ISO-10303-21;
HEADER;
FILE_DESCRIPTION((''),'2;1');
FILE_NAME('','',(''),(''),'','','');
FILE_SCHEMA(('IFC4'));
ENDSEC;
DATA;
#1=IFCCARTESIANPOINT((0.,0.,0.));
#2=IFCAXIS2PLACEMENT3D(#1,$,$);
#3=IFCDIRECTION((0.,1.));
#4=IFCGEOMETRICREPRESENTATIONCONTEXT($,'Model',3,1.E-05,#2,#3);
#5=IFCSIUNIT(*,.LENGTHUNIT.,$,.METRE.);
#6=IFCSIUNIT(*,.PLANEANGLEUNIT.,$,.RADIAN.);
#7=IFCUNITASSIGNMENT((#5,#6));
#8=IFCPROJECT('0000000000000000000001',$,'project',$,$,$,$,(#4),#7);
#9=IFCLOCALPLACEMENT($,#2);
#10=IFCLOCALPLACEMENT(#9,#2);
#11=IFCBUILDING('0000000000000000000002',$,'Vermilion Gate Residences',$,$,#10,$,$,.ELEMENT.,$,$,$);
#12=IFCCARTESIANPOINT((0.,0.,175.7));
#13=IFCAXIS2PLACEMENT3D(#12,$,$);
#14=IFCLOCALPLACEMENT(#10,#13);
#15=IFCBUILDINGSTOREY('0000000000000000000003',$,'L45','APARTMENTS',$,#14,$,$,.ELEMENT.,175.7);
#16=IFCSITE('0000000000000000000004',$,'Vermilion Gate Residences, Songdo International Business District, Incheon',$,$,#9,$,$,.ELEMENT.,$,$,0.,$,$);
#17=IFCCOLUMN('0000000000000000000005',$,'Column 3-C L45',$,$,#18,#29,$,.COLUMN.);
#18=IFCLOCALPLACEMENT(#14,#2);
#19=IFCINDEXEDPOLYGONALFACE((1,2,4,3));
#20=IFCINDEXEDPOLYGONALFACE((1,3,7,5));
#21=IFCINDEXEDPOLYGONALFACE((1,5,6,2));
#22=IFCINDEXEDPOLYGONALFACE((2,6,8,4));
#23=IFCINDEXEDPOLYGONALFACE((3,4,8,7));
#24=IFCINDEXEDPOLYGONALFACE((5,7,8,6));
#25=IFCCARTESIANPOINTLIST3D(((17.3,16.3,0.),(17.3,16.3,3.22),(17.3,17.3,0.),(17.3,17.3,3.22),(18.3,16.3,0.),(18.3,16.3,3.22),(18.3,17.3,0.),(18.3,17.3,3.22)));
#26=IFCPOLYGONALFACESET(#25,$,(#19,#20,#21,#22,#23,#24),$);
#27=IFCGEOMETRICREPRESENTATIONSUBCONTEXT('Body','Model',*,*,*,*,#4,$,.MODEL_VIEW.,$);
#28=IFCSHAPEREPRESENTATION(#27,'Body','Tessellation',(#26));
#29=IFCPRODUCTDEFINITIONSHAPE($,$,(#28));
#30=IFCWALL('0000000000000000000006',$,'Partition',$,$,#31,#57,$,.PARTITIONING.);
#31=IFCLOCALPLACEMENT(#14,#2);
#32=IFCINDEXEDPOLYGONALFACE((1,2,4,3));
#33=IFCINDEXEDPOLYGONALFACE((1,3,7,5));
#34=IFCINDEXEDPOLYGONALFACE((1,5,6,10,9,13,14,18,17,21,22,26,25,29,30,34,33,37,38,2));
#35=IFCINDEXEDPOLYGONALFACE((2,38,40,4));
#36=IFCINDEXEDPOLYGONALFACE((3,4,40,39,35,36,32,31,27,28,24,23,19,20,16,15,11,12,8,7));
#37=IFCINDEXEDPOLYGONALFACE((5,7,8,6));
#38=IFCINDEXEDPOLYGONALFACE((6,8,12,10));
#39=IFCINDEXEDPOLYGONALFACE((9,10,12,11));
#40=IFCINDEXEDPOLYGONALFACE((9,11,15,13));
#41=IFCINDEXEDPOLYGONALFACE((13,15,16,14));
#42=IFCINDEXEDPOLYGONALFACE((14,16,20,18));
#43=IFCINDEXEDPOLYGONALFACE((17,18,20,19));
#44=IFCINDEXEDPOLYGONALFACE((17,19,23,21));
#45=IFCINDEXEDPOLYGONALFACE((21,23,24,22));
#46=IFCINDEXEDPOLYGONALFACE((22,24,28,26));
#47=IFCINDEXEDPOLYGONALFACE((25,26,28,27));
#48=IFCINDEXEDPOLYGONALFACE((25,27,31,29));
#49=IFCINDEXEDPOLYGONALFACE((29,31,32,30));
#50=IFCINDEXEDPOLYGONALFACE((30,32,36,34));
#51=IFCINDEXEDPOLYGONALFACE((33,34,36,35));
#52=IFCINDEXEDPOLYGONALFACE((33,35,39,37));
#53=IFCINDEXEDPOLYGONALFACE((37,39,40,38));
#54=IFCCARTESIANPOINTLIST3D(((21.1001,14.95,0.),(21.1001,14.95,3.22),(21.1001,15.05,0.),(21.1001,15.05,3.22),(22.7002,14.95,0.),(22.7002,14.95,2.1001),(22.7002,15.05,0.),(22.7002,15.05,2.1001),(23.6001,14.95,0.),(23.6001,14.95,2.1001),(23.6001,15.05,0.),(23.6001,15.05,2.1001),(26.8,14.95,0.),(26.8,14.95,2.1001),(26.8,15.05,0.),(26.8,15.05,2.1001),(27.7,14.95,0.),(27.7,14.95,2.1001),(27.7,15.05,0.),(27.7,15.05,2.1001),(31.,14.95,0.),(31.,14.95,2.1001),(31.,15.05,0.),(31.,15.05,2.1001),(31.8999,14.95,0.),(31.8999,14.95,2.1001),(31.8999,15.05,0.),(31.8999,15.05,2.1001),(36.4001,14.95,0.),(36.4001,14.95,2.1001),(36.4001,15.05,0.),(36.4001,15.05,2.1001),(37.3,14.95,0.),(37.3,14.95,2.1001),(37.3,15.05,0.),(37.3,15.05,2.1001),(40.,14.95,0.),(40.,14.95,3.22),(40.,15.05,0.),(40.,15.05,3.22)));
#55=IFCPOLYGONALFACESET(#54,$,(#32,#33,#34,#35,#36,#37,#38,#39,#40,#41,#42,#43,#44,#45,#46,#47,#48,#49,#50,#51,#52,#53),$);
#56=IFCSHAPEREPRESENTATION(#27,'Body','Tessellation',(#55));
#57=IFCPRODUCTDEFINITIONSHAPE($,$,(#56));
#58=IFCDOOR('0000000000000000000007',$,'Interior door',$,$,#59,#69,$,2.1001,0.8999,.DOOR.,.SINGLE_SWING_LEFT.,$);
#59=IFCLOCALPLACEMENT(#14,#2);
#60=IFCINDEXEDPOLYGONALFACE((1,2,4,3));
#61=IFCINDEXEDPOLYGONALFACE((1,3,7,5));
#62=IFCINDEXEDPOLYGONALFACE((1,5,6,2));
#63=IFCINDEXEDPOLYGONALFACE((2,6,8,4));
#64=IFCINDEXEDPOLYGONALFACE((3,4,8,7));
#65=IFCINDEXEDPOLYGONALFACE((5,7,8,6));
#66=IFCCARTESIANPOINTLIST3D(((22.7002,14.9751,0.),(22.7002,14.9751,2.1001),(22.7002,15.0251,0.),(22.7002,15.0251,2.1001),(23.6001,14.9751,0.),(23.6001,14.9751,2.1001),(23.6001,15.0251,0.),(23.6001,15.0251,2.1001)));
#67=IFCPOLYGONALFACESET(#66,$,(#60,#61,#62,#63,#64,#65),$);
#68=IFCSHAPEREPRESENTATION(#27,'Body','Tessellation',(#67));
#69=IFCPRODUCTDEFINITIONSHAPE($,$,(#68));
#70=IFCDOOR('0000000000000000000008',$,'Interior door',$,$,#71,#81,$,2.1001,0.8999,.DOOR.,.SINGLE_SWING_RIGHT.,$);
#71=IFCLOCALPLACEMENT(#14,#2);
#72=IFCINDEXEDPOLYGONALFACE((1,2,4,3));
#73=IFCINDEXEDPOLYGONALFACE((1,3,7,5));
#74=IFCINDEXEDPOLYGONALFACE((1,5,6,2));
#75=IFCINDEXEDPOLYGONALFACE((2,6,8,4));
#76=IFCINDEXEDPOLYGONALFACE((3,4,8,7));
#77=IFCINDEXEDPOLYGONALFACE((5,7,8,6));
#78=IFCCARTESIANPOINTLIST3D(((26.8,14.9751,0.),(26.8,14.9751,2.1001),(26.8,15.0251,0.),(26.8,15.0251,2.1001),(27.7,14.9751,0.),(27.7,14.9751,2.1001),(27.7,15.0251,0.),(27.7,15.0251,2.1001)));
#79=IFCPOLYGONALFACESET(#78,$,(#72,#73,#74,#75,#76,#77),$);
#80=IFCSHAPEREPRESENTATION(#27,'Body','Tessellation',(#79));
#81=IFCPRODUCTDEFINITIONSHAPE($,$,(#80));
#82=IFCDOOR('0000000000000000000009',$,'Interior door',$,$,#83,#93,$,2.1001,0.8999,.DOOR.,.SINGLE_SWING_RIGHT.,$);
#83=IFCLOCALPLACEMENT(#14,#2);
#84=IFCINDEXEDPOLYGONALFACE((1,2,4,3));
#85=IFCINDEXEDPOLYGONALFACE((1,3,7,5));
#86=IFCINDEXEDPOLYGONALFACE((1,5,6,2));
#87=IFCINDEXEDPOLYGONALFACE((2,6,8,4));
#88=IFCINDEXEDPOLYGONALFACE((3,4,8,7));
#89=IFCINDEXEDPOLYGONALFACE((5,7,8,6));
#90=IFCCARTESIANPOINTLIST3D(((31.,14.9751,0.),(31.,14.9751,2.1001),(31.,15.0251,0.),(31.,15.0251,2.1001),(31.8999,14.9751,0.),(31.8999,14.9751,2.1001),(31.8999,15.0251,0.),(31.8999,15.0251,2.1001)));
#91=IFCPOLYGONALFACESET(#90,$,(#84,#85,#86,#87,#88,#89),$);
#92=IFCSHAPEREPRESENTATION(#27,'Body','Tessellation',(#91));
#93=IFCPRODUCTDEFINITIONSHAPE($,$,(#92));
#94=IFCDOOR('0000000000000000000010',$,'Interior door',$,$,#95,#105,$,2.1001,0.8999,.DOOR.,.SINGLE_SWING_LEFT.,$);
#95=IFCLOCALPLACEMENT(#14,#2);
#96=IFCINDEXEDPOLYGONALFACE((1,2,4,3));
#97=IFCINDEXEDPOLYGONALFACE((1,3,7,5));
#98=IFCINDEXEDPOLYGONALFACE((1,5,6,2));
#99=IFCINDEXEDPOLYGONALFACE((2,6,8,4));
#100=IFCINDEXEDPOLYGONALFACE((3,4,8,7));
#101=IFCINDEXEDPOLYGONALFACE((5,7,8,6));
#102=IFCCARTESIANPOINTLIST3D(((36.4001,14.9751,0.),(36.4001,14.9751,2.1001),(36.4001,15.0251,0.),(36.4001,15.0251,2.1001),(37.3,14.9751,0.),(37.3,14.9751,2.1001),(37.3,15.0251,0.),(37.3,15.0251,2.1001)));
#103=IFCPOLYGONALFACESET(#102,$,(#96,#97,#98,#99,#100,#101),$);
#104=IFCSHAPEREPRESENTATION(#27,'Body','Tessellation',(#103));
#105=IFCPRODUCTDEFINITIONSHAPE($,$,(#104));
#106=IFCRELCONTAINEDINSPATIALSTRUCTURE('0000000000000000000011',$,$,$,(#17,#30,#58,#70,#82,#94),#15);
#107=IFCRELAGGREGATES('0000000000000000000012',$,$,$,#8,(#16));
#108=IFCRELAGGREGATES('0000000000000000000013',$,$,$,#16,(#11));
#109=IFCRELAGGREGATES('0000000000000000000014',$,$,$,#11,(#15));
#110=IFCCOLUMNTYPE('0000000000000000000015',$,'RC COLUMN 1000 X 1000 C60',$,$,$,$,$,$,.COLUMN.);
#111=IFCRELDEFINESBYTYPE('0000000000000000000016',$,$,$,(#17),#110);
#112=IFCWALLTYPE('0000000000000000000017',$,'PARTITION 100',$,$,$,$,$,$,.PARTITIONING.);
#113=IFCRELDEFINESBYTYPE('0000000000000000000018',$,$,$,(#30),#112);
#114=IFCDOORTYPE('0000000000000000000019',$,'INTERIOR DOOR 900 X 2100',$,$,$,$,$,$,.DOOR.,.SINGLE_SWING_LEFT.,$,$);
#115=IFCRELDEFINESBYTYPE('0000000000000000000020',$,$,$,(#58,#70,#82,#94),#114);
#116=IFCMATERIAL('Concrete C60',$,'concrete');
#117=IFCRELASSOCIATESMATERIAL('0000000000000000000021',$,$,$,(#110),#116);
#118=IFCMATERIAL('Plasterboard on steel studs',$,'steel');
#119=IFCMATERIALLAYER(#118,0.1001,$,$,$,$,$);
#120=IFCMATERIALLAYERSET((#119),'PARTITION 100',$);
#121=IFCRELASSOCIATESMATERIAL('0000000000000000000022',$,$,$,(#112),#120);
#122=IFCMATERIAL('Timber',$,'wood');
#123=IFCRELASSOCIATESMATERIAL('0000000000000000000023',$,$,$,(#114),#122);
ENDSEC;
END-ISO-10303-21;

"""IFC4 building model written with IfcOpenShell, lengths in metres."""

from ifc_helpers import new_model, si_unit, direction, frame, frame_2d, origin, origin_2d, place, context, subcontext, project, spatial, rectangle, extrude, material, layer, layer_set, material_profile, profile_set, type_object, element, fill, save


model = new_model("IFC4")

# Units and contexts
model_context = context("Model", 3, precision=1e-05, world=origin(), true_north=direction((0.0, 1.0)))
body_context = subcontext(model_context, "Body", "Model", "MODEL_VIEW")
ifc_project = project(units=[si_unit("LENGTHUNIT", "METRE"), si_unit("PLANEANGLEUNIT", "RADIAN")], contexts=[model_context])

# Site, building, storey
site_placement = place(None, origin())
site = spatial("IfcSite", under=ifc_project, at=site_placement, Name="Vermilion Gate Residences, Songdo International Business District, Incheon", CompositionType="ELEMENT", RefElevation=0.0)
building_placement = place(site_placement, origin())
building = spatial("IfcBuilding", under=site, at=building_placement, Name="Vermilion Gate Residences", CompositionType="ELEMENT")
storey_placement = place(building_placement, frame((0.0, 0.0, 175.7)))
storey = spatial("IfcBuildingStorey", under=building, at=storey_placement, Name="L45", Description="APARTMENTS", CompositionType="ELEMENT", Elevation=175.7)

# Column
ifc_material_1 = material(Name="Concrete C60", Category="concrete")
ifc_material_profile = material_profile(ifc_material_1, rectangle(XDim=1.0, YDim=1.0, at=origin_2d()), Name="RC-1000x1000")
ifc_profile_set = profile_set([ifc_material_profile], Name="Concrete C60")
column_type = type_object("IfcColumnType", Name="RC COLUMN 1000 X 1000 C60", PredefinedType="COLUMN", material=ifc_profile_set)
column_placement = place(storey_placement, frame((17.8, 16.8, 0.0), z_axis=(0.0, 0.0, 1.0), x_axis=(1.0, 0.0, 0.0)))
element("IfcColumn", 1, at=column_placement, inside=storey, type_object=column_type, Name="Column 3-C L45", PredefinedType="COLUMN", context=body_context, shape_type="SweptSolid", body=[
    extrude(rectangle(XDim=1.0, YDim=1.0, at=origin_2d()), origin(), (0.0, 0.0, 1.0), 3.22),
])

# Wall, openings, doors
ifc_material_2 = material(Name="Plasterboard on steel studs", Category="steel")
ifc_layer_1 = layer(ifc_material_2, 0.1001)
ifc_layer_set_1 = layer_set([ifc_layer_1], Name="PARTITION 100")
wall_type_1 = type_object("IfcWallType", Name="PARTITION 100", PredefinedType="PARTITIONING", material=ifc_layer_set_1)
wall_1_placement = place(storey_placement, frame((21.1001, 15.0, 0.0), z_axis=(0.0, 0.0, 1.0), x_axis=(1.0, 0.0, 0.0)))
wall_1 = element("IfcWall", 2, at=wall_1_placement, inside=storey, type_object=wall_type_1, Name="Partition", PredefinedType="PARTITIONING", context=body_context, shape_type="SweptSolid", body=[
    extrude(rectangle(XDim=18.8999, YDim=0.1001, at=frame_2d((9.45, 0.0))), origin(), (0.0, 0.0, 1.0), 3.22),
])
opening_1_placement = place(wall_1_placement, frame((1.6001, 0.0, 0.0)))
opening_1 = element("IfcOpeningElement", 3, at=opening_1_placement, cuts=wall_1, PredefinedType="OPENING", context=body_context, shape_type="SweptSolid", body=[
    extrude(rectangle(XDim=0.8999, YDim=2.1001, at=frame_2d((0.45, 1.05))), frame((0.0, 0.0601, 0.0), z_axis=(0.0, -1.0, 0.0), x_axis=(1.0, 0.0, 0.0)), (0.0, 0.0, 1.0), 0.1201),
])
opening_2_placement = place(wall_1_placement, frame((5.7, 0.0, 0.0)))
opening_2 = element("IfcOpeningElement", 4, at=opening_2_placement, cuts=wall_1, PredefinedType="OPENING", context=body_context, shape_type="SweptSolid", body=[
    extrude(rectangle(XDim=0.8999, YDim=2.1001, at=frame_2d((0.45, 1.05))), frame((0.0, 0.0601, 0.0), z_axis=(0.0, -1.0, 0.0), x_axis=(1.0, 0.0, 0.0)), (0.0, 0.0, 1.0), 0.1201),
])
opening_3_placement = place(wall_1_placement, frame((9.8999, 0.0, 0.0)))
opening_3 = element("IfcOpeningElement", 5, at=opening_3_placement, cuts=wall_1, PredefinedType="OPENING", context=body_context, shape_type="SweptSolid", body=[
    extrude(rectangle(XDim=0.8999, YDim=2.1001, at=frame_2d((0.45, 1.05))), frame((0.0, 0.0601, 0.0), z_axis=(0.0, -1.0, 0.0), x_axis=(1.0, 0.0, 0.0)), (0.0, 0.0, 1.0), 0.1201),
])
opening_4_placement = place(wall_1_placement, frame((15.3, 0.0, 0.0)))
opening_4 = element("IfcOpeningElement", 6, at=opening_4_placement, cuts=wall_1, PredefinedType="OPENING", context=body_context, shape_type="SweptSolid", body=[
    extrude(rectangle(XDim=0.8999, YDim=2.1001, at=frame_2d((0.45, 1.05))), frame((0.0, 0.0601, 0.0), z_axis=(0.0, -1.0, 0.0), x_axis=(1.0, 0.0, 0.0)), (0.0, 0.0, 1.0), 0.1201),
])
ifc_material_3 = material(Name="Timber", Category="wood")
door_type_1 = type_object("IfcDoorType", Name="INTERIOR DOOR 900 X 2100", OperationType="SINGLE_SWING_LEFT", PredefinedType="DOOR", material=ifc_material_3)
door_1_placement = place(opening_1_placement, frame((0.8999, 0.0, 0.0), z_axis=(0.0, 0.0, 1.0), x_axis=(-1.0, 0.0, 0.0)))
door_1 = element("IfcDoor", 7, at=door_1_placement, inside=storey, type_object=door_type_1, Name="Interior door", OperationType="SINGLE_SWING_LEFT", OverallHeight=2.1001, OverallWidth=0.8999, PredefinedType="DOOR", context=body_context, shape_type="SweptSolid", body=[
    extrude(rectangle(XDim=0.8999, YDim=2.1001, at=frame_2d((0.45, 1.05))), frame((0.0, 0.0249, 0.0), z_axis=(0.0, -1.0, 0.0), x_axis=(1.0, 0.0, 0.0)), (0.0, 0.0, 1.0), 0.05),
])
fill(opening_1, door_1)
door_2_placement = place(opening_2_placement, frame((0.8999, 0.0, 0.0), z_axis=(0.0, 0.0, 1.0), x_axis=(-1.0, 0.0, 0.0)))
door_2 = element("IfcDoor", 8, at=door_2_placement, inside=storey, type_object=door_type_1, Name="Interior door", OperationType="SINGLE_SWING_RIGHT", OverallHeight=2.1001, OverallWidth=0.8999, PredefinedType="DOOR", context=body_context, shape_type="SweptSolid", body=[
    extrude(rectangle(XDim=0.8999, YDim=2.1001, at=frame_2d((0.45, 1.05))), frame((0.0, 0.0249, 0.0), z_axis=(0.0, -1.0, 0.0), x_axis=(1.0, 0.0, 0.0)), (0.0, 0.0, 1.0), 0.05),
])
fill(opening_2, door_2)
door_3_placement = place(opening_3_placement, frame((0.8999, 0.0, 0.0), z_axis=(0.0, 0.0, 1.0), x_axis=(-1.0, 0.0, 0.0)))
door_3 = element("IfcDoor", 9, at=door_3_placement, inside=storey, type_object=door_type_1, Name="Interior door", OperationType="SINGLE_SWING_RIGHT", OverallHeight=2.1001, OverallWidth=0.8999, PredefinedType="DOOR", context=body_context, shape_type="SweptSolid", body=[
    extrude(rectangle(XDim=0.8999, YDim=2.1001, at=frame_2d((0.45, 1.05))), frame((0.0, 0.0249, 0.0), z_axis=(0.0, -1.0, 0.0), x_axis=(1.0, 0.0, 0.0)), (0.0, 0.0, 1.0), 0.05),
])
fill(opening_3, door_3)
door_4_placement = place(opening_4_placement, frame((0.8999, 0.0, 0.0), z_axis=(0.0, 0.0, 1.0), x_axis=(-1.0, 0.0, 0.0)))
door_4 = element("IfcDoor", 10, at=door_4_placement, inside=storey, type_object=door_type_1, Name="Interior door", OperationType="SINGLE_SWING_LEFT", OverallHeight=2.1001, OverallWidth=0.8999, PredefinedType="DOOR", context=body_context, shape_type="SweptSolid", body=[
    extrude(rectangle(XDim=0.8999, YDim=2.1001, at=frame_2d((0.45, 1.05))), frame((0.0, 0.0249, 0.0), z_axis=(0.0, -1.0, 0.0), x_axis=(1.0, 0.0, 0.0)), (0.0, 0.0, 1.0), 0.05),
])
fill(opening_4, door_4)

save(model, "model.ifc")
